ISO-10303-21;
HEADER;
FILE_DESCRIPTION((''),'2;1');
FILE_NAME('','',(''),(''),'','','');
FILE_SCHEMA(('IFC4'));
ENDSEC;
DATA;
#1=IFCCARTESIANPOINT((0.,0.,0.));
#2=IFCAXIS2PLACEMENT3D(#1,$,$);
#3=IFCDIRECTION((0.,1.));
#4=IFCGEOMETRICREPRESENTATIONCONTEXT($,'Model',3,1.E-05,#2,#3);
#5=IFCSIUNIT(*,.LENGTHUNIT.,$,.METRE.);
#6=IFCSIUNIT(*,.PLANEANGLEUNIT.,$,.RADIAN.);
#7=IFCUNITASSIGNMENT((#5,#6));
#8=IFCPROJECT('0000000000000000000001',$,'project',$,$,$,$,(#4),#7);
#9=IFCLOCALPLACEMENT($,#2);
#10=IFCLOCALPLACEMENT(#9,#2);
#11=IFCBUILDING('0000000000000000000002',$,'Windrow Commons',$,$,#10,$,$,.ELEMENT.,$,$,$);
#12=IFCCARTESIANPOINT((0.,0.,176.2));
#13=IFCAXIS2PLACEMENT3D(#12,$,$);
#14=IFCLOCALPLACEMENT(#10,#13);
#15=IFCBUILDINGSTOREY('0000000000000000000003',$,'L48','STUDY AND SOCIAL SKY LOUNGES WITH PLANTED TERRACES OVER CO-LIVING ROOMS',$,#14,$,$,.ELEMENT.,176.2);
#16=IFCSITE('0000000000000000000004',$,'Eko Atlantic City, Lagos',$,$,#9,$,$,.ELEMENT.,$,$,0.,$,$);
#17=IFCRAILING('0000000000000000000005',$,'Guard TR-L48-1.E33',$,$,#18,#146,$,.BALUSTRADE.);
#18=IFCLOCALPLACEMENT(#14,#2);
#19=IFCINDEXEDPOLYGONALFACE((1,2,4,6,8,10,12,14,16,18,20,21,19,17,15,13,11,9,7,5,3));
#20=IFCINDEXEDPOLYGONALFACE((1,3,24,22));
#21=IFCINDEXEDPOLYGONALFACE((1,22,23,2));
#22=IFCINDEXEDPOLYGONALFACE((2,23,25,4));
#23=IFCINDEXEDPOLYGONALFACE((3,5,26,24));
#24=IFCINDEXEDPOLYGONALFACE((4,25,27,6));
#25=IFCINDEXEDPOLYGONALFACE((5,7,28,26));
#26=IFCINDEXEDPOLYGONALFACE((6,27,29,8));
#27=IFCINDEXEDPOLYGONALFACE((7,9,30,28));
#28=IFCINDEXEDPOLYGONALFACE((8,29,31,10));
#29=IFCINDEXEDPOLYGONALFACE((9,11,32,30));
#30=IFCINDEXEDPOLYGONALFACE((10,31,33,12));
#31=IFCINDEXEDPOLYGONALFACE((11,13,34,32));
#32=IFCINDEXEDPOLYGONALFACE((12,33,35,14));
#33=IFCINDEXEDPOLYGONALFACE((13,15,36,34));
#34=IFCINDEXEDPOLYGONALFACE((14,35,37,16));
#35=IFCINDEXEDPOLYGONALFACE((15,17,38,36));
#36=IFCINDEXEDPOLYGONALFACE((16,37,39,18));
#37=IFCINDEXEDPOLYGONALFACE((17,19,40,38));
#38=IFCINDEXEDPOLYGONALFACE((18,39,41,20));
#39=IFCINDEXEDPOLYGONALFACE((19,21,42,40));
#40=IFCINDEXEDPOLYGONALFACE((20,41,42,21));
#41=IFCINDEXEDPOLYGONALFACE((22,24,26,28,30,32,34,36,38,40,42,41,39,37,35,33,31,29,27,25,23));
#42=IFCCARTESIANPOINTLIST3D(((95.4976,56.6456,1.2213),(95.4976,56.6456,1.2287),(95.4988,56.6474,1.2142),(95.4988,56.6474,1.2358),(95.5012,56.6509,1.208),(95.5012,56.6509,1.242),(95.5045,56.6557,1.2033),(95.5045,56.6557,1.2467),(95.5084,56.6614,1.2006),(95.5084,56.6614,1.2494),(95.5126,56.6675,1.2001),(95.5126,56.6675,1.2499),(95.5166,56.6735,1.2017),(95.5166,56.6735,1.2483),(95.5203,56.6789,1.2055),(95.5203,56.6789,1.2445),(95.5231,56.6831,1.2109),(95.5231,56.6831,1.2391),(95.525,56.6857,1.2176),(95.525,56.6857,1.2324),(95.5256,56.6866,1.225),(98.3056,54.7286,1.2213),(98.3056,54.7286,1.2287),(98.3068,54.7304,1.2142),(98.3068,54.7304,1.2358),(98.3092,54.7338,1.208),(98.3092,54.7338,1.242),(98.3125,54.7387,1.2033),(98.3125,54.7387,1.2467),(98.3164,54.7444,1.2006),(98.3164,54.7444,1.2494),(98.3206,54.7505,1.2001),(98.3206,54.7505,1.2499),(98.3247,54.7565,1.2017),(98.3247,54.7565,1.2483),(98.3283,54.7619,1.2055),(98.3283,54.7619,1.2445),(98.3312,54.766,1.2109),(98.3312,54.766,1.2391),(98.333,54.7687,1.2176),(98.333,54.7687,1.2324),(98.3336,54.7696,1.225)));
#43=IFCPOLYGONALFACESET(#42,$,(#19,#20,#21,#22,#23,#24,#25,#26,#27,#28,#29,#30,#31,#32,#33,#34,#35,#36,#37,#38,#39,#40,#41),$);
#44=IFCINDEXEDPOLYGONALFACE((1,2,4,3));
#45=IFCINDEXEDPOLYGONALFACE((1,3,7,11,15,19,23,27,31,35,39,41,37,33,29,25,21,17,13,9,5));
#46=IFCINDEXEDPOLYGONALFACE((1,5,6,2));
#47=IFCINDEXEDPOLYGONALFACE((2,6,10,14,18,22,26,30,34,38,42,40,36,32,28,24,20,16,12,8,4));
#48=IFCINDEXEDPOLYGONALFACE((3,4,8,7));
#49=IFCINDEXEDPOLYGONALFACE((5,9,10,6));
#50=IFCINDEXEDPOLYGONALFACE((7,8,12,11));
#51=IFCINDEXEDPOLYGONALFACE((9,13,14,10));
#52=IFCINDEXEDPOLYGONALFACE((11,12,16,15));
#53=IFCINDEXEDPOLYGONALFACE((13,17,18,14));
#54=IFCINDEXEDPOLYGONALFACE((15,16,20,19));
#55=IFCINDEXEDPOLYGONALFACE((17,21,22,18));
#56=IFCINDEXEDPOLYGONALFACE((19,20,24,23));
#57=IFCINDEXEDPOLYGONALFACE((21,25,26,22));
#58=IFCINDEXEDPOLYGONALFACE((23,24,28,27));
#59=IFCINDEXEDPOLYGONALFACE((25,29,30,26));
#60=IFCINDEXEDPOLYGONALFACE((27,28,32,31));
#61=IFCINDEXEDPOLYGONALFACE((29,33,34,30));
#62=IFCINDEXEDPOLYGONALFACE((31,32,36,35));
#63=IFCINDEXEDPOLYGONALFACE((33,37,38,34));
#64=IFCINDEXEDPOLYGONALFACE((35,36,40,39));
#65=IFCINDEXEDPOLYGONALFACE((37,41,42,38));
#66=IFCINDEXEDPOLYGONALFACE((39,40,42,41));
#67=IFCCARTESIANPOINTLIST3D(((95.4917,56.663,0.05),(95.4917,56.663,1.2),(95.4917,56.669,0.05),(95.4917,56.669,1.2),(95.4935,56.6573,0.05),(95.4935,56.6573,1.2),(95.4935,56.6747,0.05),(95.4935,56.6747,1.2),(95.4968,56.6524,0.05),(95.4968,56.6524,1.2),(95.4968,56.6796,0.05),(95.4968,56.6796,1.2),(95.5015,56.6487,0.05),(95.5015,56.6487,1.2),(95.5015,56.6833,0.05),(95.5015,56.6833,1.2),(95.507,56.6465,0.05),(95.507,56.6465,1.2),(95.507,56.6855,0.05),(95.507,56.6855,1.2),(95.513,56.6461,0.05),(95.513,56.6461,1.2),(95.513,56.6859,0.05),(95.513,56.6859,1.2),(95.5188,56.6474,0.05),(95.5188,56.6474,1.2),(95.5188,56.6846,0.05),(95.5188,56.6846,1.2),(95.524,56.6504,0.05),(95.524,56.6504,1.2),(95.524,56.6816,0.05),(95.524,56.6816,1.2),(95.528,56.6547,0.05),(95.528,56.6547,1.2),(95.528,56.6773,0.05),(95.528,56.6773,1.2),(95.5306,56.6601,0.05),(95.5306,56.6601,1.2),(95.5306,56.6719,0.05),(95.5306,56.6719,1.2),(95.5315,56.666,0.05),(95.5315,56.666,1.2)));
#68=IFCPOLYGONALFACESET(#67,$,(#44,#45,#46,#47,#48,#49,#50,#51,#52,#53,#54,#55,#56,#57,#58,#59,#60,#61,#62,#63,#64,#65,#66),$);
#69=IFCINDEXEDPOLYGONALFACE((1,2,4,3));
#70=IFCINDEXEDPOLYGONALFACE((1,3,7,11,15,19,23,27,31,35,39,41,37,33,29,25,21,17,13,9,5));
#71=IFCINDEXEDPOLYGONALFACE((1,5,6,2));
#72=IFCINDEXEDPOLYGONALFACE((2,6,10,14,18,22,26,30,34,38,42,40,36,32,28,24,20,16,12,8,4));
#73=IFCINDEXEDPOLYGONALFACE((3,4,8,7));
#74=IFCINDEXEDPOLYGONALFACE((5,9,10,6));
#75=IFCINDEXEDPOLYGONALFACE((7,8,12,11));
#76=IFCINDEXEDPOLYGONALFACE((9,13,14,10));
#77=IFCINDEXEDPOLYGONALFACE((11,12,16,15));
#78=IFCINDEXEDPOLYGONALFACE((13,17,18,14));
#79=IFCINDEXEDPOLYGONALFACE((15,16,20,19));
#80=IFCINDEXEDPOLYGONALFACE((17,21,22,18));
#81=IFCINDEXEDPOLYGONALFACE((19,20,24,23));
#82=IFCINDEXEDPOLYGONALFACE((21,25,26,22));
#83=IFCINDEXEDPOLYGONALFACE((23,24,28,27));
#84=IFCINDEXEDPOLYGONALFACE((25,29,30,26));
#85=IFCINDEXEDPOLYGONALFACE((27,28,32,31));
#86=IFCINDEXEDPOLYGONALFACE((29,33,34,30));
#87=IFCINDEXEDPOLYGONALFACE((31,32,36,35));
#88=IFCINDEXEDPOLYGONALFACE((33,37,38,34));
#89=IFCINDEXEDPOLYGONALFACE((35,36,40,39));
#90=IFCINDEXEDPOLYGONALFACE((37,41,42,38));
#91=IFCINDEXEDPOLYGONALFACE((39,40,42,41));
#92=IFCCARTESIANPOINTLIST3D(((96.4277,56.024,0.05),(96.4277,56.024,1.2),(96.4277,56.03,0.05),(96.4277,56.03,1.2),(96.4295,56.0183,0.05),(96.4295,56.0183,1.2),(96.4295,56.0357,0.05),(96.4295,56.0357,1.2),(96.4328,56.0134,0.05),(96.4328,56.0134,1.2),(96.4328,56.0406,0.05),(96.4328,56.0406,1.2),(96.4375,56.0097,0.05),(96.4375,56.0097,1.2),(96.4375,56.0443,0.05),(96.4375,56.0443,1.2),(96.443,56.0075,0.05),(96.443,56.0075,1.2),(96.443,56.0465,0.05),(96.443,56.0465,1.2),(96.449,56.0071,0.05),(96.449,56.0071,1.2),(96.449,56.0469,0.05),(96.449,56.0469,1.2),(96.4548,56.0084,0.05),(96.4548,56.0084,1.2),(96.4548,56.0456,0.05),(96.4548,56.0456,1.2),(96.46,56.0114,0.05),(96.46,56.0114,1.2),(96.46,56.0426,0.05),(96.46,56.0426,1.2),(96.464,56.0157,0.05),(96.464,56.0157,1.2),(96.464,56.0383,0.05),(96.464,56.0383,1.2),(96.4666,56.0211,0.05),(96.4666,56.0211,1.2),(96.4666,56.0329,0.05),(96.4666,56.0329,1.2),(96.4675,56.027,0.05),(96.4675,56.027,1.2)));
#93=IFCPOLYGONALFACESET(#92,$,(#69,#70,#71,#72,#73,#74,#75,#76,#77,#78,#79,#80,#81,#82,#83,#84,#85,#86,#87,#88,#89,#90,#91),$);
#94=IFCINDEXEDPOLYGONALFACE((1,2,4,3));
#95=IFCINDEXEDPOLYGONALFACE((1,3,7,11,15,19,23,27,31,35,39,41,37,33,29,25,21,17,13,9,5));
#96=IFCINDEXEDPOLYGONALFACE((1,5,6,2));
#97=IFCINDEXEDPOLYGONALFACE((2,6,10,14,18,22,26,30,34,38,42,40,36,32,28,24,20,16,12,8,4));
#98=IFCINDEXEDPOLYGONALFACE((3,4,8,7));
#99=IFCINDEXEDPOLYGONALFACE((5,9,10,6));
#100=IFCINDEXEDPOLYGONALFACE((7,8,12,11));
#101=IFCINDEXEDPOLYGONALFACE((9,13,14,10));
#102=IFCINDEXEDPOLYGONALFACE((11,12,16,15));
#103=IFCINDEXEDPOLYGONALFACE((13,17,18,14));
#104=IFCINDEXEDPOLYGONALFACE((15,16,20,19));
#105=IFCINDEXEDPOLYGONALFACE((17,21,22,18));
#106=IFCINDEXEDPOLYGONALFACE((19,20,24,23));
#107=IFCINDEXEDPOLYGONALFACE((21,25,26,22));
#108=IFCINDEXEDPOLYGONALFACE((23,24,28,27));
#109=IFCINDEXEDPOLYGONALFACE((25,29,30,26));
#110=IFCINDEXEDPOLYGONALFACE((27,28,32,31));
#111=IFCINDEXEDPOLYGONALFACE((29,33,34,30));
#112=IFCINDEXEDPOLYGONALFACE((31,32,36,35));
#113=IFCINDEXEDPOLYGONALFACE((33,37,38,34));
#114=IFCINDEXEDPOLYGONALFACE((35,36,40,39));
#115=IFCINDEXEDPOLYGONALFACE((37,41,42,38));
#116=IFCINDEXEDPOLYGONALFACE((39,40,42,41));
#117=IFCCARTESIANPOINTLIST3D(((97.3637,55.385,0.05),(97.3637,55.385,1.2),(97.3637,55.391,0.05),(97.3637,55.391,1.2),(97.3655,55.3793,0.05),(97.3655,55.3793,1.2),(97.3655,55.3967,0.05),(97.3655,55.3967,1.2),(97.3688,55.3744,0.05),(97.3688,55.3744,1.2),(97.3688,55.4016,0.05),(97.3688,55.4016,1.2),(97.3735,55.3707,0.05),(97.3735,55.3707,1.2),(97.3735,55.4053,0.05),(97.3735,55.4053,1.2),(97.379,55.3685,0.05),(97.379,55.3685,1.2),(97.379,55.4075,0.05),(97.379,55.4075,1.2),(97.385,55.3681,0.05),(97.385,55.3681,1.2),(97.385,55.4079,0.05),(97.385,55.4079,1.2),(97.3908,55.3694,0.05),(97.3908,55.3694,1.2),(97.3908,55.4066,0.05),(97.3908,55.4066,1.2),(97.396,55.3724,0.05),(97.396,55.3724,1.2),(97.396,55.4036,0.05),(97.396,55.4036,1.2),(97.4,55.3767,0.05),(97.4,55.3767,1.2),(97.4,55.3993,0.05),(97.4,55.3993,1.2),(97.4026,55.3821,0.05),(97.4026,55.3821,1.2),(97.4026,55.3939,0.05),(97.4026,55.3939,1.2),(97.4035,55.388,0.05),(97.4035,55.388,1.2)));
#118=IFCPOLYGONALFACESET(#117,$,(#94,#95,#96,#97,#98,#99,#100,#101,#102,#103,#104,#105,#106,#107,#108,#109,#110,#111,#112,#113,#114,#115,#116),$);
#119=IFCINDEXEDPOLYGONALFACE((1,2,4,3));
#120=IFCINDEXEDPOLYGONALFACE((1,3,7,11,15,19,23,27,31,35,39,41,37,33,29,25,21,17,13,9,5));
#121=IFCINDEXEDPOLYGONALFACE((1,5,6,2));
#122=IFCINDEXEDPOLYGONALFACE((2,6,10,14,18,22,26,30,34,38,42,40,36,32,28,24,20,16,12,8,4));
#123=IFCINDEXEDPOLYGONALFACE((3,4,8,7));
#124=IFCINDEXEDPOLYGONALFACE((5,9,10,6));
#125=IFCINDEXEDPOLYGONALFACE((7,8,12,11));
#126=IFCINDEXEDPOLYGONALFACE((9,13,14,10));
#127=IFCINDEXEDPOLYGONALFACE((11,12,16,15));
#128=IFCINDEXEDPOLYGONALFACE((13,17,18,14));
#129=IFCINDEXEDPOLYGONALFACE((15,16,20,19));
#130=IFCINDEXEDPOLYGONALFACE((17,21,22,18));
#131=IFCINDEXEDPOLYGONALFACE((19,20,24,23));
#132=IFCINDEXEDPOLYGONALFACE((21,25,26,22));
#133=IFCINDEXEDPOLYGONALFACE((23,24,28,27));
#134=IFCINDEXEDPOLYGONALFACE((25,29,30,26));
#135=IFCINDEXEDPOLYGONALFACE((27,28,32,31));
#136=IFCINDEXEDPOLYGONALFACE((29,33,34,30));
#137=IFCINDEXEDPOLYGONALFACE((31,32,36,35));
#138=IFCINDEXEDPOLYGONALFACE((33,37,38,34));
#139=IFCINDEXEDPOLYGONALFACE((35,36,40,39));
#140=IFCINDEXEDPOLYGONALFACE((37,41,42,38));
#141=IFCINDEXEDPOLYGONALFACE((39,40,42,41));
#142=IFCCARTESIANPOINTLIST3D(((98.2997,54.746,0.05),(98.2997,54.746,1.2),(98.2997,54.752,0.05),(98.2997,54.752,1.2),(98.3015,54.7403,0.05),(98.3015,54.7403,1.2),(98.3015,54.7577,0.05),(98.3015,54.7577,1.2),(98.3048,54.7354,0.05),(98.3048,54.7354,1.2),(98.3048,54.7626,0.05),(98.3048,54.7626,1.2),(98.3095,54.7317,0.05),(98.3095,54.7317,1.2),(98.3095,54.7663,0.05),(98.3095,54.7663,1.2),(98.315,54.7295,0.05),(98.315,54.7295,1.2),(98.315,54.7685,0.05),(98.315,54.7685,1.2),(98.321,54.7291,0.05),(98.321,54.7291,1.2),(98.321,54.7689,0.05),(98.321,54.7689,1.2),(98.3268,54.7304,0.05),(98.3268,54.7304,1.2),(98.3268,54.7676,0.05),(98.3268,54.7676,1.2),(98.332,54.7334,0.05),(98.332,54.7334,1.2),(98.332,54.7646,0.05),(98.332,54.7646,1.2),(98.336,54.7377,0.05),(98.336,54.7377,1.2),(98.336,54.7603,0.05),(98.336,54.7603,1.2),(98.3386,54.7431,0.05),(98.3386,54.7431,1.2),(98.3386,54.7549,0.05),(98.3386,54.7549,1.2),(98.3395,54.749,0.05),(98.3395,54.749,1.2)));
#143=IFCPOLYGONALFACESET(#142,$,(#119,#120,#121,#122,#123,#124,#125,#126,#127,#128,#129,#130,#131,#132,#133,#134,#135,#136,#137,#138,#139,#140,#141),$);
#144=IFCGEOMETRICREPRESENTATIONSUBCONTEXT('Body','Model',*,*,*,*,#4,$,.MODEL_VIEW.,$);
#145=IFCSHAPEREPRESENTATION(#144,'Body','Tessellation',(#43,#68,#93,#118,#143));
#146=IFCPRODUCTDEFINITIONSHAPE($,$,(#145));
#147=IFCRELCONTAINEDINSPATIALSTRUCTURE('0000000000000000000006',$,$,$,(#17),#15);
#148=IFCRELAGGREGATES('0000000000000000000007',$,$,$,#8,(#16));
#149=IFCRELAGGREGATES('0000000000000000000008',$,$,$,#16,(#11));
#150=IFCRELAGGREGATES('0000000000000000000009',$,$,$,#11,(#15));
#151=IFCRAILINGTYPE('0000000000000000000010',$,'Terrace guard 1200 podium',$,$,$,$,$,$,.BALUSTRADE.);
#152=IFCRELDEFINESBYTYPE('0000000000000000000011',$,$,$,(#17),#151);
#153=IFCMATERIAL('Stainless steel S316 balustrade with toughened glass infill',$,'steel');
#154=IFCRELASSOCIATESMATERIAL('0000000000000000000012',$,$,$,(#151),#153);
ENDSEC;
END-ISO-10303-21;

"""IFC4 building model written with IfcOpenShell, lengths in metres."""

from ifc_helpers import new_model, si_unit, direction, frame, origin, origin_2d, place, context, subcontext, project, spatial, circle, extrude, material, type_object, element, save


model = new_model("IFC4")

# Units and contexts
model_context = context("Model", 3, precision=1e-05, world=origin(), true_north=direction((0.0, 1.0)))
body_context = subcontext(model_context, "Body", "Model", "MODEL_VIEW")
ifc_project = project(units=[si_unit("LENGTHUNIT", "METRE"), si_unit("PLANEANGLEUNIT", "RADIAN")], contexts=[model_context])

# Site, building, storey
site_placement = place(None, origin())
site = spatial("IfcSite", under=ifc_project, at=site_placement, Name="Eko Atlantic City, Lagos", CompositionType="ELEMENT", RefElevation=0.0)
building_placement = place(site_placement, origin())
building = spatial("IfcBuilding", under=site, at=building_placement, Name="Windrow Commons", CompositionType="ELEMENT")
storey_placement = place(building_placement, frame((0.0, 0.0, 176.2)))
storey = spatial("IfcBuildingStorey", under=building, at=storey_placement, Name="L48", Description="STUDY AND SOCIAL SKY LOUNGES WITH PLANTED TERRACES OVER CO-LIVING ROOMS", CompositionType="ELEMENT", Elevation=176.2)

# Railing
ifc_material_1 = material(Name="Stainless steel S316 balustrade with toughened glass infill", Category="steel")
railing_type_1 = type_object("IfcRailingType", Name="Terrace guard 1200 podium", PredefinedType="BALUSTRADE", material=ifc_material_1)
railing_1_placement = place(storey_placement, frame((95.5115, 56.666, 0.05)))
element("IfcRailing", 1, at=railing_1_placement, inside=storey, type_object=railing_type_1, Name="Guard TR-L48-1.E33", PredefinedType="BALUSTRADE", context=body_context, shape_type="SweptSolid", body=[
    extrude(circle(Radius=0.025, at=origin_2d()), frame((0.0, 0.0, 1.175), z_axis=(0.825891, -0.56383, 0.0), x_axis=(0.56383, 0.825891, 0.0)), (0.0, 0.0, 1.0), 3.4),
    extrude(circle(Radius=0.02, at=origin_2d()), origin(), (0.0, 0.0, 1.0), 1.15),
    extrude(circle(Radius=0.02, at=origin_2d()), frame((0.936, -0.639, 0.0)), (0.0, 0.0, 1.0), 1.15),
    extrude(circle(Radius=0.02, at=origin_2d()), frame((1.872, -1.278, 0.0)), (0.0, 0.0, 1.0), 1.15),
    extrude(circle(Radius=0.02, at=origin_2d()), frame((2.808, -1.917, 0.0)), (0.0, 0.0, 1.0), 1.15),
])

save(model, "model.ifc")
